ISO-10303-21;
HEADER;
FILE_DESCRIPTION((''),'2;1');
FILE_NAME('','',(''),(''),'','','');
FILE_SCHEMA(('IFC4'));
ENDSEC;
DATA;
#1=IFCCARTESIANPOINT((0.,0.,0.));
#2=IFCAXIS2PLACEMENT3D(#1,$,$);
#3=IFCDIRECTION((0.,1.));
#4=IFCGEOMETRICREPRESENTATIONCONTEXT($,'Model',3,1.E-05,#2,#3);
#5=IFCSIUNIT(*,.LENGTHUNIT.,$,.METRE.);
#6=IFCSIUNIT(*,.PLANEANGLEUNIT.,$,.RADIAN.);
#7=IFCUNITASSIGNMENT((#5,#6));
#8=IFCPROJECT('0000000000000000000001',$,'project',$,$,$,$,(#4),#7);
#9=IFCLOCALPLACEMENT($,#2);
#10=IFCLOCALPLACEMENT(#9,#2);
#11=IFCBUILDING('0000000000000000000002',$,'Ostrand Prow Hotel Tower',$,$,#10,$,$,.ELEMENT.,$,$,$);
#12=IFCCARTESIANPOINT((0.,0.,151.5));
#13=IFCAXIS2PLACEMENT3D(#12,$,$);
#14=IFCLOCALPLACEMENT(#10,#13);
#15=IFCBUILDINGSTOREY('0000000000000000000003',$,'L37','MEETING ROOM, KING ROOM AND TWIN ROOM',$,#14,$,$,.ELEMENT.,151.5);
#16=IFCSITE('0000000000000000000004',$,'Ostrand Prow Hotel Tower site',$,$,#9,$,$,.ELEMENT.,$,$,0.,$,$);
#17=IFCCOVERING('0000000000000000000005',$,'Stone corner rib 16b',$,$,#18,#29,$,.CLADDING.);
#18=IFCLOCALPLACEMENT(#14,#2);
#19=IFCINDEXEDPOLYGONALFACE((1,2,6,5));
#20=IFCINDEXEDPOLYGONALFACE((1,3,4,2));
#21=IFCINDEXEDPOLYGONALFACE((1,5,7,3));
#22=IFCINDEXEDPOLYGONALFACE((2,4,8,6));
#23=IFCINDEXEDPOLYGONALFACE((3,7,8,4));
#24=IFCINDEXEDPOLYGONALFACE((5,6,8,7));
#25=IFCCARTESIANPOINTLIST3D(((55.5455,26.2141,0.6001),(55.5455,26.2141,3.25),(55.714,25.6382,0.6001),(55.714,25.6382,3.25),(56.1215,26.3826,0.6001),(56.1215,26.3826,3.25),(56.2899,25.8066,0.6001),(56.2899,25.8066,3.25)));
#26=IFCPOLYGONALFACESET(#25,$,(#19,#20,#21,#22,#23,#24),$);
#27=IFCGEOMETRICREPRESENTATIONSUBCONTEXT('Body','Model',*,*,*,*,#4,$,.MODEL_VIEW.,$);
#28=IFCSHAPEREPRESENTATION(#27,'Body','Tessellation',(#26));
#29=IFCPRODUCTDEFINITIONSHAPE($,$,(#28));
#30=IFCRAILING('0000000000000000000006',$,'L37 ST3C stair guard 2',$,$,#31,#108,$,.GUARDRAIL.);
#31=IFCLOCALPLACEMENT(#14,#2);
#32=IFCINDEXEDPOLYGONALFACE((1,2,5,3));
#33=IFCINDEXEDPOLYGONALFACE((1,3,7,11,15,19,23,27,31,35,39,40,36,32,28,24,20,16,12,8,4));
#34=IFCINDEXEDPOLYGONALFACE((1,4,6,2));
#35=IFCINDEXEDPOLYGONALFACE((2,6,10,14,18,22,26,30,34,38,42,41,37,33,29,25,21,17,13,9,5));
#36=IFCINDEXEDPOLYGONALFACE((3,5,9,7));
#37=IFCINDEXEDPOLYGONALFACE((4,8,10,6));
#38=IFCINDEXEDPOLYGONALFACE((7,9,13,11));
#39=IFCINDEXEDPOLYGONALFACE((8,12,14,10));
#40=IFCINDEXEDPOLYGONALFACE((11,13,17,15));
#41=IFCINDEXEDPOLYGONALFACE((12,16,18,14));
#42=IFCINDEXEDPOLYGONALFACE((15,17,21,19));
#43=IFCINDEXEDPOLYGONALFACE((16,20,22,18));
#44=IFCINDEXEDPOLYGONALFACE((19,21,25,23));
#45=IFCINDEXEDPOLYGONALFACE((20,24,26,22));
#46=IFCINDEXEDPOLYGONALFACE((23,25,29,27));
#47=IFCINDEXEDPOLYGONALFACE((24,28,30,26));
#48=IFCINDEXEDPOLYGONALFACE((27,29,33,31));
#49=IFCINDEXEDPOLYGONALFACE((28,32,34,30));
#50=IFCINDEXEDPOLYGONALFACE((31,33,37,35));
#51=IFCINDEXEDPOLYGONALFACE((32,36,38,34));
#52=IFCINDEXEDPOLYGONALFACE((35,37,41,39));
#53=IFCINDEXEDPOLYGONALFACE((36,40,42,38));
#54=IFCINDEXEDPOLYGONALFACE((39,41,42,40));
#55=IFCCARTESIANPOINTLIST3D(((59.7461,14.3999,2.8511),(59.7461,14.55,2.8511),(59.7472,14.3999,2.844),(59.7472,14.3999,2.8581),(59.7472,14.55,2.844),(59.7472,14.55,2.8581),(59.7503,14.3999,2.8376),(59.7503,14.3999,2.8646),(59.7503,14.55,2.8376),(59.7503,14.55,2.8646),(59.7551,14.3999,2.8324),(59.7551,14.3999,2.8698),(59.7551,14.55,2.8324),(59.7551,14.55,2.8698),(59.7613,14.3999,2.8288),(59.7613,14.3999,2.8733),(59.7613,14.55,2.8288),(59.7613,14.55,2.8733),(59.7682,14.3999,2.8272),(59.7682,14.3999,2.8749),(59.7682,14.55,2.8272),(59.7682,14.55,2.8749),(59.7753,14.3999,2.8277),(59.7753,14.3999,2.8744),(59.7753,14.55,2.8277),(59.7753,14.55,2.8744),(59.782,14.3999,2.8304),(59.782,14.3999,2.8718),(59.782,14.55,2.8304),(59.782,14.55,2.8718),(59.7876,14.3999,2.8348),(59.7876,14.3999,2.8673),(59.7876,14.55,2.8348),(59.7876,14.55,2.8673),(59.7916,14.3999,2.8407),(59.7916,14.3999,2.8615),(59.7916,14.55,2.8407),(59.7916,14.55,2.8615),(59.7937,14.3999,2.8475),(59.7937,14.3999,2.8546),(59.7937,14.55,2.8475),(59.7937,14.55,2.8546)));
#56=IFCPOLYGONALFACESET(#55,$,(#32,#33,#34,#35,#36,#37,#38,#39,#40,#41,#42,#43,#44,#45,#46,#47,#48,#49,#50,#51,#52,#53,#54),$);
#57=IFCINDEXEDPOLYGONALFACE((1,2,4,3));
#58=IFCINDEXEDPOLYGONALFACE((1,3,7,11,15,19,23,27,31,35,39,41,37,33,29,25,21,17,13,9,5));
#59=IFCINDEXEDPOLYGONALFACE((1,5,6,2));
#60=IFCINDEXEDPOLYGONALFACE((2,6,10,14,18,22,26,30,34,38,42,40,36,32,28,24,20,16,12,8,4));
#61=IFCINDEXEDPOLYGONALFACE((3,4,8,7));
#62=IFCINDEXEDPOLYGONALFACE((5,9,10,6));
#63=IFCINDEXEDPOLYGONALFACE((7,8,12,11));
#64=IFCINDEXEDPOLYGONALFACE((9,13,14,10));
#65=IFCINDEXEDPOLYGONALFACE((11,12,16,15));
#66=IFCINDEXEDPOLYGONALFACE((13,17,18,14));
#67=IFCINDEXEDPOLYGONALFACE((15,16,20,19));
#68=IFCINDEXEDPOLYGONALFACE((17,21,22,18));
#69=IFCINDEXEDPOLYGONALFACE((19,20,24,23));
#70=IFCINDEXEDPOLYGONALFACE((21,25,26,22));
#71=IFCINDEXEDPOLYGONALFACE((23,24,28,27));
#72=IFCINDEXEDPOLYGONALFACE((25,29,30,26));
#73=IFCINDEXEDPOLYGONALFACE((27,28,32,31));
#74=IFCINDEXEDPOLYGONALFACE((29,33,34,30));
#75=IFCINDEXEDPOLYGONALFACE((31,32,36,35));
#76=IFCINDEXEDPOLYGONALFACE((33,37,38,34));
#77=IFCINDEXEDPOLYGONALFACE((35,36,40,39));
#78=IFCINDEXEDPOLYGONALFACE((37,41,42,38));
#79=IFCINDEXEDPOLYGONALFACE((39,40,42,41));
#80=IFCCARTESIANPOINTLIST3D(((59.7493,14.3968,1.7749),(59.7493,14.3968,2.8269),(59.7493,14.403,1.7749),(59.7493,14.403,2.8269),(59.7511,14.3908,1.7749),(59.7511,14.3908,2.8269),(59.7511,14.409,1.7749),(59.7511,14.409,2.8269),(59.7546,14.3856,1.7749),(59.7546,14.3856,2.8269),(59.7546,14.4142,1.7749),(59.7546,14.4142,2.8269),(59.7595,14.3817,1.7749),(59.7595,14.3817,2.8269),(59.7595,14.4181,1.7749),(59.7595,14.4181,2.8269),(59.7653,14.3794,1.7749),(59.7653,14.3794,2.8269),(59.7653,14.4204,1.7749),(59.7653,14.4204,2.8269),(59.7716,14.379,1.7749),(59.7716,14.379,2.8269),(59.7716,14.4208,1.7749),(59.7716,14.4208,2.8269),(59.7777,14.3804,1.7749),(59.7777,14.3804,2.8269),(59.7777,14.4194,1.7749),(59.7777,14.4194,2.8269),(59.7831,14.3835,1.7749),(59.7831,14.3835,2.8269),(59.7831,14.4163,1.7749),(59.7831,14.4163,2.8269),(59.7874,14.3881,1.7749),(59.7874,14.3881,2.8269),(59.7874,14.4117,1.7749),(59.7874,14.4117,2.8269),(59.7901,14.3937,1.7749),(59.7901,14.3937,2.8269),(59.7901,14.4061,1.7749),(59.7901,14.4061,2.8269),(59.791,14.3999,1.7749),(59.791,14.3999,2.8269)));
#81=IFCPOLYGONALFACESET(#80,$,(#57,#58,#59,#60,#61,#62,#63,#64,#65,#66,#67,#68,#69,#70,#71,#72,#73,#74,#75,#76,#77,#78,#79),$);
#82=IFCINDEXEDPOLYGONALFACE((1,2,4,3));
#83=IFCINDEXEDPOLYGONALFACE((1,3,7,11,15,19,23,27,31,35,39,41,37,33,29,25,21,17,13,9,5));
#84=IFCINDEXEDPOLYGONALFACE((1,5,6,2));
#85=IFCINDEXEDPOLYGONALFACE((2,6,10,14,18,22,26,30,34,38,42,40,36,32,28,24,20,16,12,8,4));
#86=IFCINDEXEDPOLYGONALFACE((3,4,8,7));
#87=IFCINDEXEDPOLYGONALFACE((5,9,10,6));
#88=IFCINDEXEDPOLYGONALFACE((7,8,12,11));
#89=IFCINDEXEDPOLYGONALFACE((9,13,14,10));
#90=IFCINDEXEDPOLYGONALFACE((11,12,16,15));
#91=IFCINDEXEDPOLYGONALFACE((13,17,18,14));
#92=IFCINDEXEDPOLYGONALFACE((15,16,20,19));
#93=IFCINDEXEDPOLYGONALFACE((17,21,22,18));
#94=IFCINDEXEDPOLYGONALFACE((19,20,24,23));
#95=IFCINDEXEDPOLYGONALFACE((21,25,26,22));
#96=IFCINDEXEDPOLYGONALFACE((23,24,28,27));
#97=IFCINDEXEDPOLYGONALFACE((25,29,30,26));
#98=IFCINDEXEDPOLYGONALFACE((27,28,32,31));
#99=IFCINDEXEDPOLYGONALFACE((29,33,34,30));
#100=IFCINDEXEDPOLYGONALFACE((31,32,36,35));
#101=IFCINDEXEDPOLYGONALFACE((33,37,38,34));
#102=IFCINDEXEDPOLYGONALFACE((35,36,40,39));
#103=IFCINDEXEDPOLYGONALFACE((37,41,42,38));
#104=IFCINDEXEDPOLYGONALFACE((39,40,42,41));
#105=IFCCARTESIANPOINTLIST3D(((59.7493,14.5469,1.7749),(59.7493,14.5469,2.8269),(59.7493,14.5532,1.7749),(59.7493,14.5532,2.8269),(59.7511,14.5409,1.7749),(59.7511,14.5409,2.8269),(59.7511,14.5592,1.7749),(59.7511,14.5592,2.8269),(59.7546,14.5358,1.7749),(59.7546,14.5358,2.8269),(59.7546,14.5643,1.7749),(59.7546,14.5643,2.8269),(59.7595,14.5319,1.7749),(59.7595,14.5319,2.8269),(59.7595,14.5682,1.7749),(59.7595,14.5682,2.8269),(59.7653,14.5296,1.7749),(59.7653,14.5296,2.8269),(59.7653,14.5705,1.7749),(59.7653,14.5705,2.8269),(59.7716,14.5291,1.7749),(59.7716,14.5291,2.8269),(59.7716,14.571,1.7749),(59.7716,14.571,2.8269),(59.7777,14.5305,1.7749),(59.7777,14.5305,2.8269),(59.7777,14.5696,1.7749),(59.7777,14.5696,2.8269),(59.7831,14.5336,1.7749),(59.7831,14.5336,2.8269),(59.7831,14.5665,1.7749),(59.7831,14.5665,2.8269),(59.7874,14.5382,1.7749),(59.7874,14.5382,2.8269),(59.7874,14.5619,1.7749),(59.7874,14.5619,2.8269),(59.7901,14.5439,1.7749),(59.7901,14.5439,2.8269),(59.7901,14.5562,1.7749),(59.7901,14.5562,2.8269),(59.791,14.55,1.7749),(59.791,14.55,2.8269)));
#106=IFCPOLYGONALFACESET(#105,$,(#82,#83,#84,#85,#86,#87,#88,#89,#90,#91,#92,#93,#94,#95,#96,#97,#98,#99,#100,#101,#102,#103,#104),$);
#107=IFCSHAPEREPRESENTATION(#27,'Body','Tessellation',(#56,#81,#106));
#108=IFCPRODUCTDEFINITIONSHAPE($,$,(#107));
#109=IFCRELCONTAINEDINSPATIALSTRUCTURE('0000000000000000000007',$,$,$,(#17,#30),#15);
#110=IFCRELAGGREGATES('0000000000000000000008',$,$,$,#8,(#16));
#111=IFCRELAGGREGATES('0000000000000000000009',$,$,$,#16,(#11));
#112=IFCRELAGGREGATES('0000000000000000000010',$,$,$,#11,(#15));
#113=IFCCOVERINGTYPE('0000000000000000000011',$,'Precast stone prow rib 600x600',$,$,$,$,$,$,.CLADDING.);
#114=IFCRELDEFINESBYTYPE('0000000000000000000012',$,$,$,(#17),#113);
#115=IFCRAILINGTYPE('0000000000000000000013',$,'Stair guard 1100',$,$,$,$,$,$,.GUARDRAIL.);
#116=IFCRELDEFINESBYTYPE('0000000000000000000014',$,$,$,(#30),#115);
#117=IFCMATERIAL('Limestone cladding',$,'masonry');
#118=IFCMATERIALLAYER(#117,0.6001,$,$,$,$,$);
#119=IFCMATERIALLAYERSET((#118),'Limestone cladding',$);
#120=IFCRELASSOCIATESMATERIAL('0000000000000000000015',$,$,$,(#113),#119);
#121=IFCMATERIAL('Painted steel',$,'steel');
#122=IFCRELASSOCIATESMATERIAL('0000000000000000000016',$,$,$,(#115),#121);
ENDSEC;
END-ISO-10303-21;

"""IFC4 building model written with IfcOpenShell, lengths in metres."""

from ifc_helpers import new_model, si_unit, direction, frame, frame_2d, origin, origin_2d, place, context, subcontext, project, spatial, rectangle, circle, extrude, material, layer, layer_set, type_object, element, save


model = new_model("IFC4")

# Units and contexts
model_context = context("Model", 3, precision=1e-05, world=origin(), true_north=direction((0.0, 1.0)))
body_context = subcontext(model_context, "Body", "Model", "MODEL_VIEW")
ifc_project = project(units=[si_unit("LENGTHUNIT", "METRE"), si_unit("PLANEANGLEUNIT", "RADIAN")], contexts=[model_context])

# Site, building, storey
site_placement = place(None, origin())
site = spatial("IfcSite", under=ifc_project, at=site_placement, Name="Ostrand Prow Hotel Tower site", CompositionType="ELEMENT", RefElevation=0.0)
building_placement = place(site_placement, origin())
building = spatial("IfcBuilding", under=site, at=building_placement, Name="Ostrand Prow Hotel Tower", CompositionType="ELEMENT")
storey_placement = place(building_placement, frame((0.0, 0.0, 151.5)))
storey = spatial("IfcBuildingStorey", under=building, at=storey_placement, Name="L37", Description="MEETING ROOM, KING ROOM AND TWIN ROOM", CompositionType="ELEMENT", Elevation=151.5)

# Covering
ifc_material_1 = material(Name="Limestone cladding", Category="masonry")
ifc_layer_1 = layer(ifc_material_1, 0.6001)
ifc_layer_set_1 = layer_set([ifc_layer_1], Name="Limestone cladding")
covering_type = type_object("IfcCoveringType", Name="Precast stone prow rib 600x600", PredefinedType="CLADDING", material=ifc_layer_set_1)
covering_1_placement = place(storey_placement, frame((56.002, 25.7224, 0.6001), z_axis=(0.0, 0.0, 1.0), x_axis=(-0.280734, 0.959786, 0.0)))
element("IfcCovering", 1, at=covering_1_placement, inside=storey, type_object=covering_type, Name="Stone corner rib 16b", PredefinedType="CLADDING", context=body_context, shape_type="SweptSolid", body=[
    extrude(rectangle(XDim=0.6001, YDim=0.6001, at=frame_2d((0.3, 0.0))), origin(), (0.0, 0.0, 1.0), 2.6499),
])

# Railing
ifc_material_2 = material(Name="Painted steel", Category="steel")
railing_type_1 = type_object("IfcRailingType", Name="Stair guard 1100", PredefinedType="GUARDRAIL", material=ifc_material_2)
railing_1_placement = place(storey_placement, frame((59.77, 14.3999, 1.7749)))
element("IfcRailing", 2, at=railing_1_placement, inside=storey, type_object=railing_type_1, Name="L37 ST3C stair guard 2", PredefinedType="GUARDRAIL", context=body_context, shape_type="SweptSolid", body=[
    extrude(circle(Radius=0.0239, at=origin_2d()), frame((0.0, 0.0, 1.0762), z_axis=(0.0, 1.0, 0.0), x_axis=(-1.0, 0.0, 0.0)), (0.0, 0.0, 1.0), 0.1501),
    extrude(circle(Radius=0.021, at=origin_2d()), origin(), (0.0, 0.0, 1.0), 1.052),
    extrude(circle(Radius=0.021, at=origin_2d()), frame((0.0, 0.1501, 0.0)), (0.0, 0.0, 1.0), 1.052),
])

save(model, "model.ifc")
